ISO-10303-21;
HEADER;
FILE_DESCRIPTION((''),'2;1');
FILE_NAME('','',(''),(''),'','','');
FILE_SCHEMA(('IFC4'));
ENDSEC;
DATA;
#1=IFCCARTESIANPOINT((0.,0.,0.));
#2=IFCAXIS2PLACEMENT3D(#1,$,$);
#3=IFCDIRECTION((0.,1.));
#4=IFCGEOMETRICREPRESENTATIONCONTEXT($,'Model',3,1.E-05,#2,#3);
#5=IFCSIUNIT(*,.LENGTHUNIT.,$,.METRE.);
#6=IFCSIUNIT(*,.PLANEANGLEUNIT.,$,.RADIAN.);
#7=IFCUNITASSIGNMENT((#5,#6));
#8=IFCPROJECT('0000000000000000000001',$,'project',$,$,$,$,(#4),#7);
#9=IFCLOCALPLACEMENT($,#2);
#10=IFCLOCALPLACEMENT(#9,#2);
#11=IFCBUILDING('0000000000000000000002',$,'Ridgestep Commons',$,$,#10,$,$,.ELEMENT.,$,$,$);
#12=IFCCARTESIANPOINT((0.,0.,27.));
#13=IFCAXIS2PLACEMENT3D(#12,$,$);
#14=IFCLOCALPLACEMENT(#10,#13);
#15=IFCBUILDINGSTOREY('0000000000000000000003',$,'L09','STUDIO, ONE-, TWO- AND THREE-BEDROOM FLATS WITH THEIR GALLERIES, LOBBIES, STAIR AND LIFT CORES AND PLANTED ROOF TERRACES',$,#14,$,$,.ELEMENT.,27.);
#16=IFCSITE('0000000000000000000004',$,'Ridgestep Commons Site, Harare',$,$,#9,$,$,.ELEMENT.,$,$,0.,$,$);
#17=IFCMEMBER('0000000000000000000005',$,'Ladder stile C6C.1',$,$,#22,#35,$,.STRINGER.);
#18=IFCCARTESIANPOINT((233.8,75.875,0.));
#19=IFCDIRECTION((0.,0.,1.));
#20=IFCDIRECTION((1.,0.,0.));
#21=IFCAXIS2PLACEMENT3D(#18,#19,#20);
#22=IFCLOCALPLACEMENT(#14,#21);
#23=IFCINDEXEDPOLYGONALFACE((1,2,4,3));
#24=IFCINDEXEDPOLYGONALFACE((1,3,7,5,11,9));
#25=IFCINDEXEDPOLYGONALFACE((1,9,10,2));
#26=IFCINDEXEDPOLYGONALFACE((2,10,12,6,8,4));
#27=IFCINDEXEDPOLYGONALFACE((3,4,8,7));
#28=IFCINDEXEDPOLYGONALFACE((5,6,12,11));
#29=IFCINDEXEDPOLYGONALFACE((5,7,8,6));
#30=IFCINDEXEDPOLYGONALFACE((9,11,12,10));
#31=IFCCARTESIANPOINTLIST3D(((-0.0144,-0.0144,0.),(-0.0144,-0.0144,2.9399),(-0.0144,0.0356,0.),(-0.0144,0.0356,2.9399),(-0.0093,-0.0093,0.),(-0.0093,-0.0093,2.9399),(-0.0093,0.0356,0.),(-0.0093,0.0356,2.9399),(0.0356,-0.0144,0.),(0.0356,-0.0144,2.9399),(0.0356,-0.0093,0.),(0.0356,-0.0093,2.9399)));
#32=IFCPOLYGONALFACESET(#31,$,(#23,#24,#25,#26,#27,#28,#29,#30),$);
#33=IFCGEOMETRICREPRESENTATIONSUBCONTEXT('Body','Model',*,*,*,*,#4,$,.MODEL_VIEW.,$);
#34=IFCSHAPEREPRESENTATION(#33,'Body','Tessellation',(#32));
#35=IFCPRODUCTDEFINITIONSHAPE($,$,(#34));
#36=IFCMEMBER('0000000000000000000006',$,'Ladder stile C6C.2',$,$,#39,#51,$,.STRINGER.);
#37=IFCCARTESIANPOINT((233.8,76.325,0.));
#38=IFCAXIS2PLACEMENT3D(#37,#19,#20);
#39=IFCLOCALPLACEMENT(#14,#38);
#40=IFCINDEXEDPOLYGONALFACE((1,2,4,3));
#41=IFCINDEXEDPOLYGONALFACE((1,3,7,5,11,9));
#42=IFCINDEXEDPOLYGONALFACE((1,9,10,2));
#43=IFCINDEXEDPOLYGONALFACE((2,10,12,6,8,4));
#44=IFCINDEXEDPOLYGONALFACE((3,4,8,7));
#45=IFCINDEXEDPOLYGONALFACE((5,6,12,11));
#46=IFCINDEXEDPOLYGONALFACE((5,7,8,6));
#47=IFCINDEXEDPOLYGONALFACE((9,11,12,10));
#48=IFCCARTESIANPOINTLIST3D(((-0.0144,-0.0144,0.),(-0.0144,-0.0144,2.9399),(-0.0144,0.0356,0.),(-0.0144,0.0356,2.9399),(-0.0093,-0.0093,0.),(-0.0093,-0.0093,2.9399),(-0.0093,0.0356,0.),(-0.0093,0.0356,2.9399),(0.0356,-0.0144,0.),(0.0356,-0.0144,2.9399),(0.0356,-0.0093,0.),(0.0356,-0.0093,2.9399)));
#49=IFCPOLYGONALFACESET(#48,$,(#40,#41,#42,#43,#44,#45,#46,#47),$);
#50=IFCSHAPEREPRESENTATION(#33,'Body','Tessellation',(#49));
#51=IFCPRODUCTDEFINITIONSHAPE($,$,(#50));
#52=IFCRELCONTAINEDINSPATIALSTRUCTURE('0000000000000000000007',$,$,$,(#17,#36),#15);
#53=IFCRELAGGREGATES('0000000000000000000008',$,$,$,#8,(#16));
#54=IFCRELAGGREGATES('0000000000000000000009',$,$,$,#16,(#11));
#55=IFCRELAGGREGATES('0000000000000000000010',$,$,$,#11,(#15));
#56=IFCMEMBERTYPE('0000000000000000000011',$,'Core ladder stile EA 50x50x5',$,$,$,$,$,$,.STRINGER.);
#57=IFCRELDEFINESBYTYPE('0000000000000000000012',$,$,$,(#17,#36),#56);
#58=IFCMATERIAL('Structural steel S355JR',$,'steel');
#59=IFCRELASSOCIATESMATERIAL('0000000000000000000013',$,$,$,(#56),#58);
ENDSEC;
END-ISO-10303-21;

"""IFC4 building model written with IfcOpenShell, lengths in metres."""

from ifc_helpers import new_model, si_unit, direction, frame, origin, place, context, subcontext, project, spatial, polyline, outline, extrude, material, material_profile, profile_set, type_object, element, save


model = new_model("IFC4")

# Units and contexts
model_context = context("Model", 3, precision=1e-05, world=origin(), true_north=direction((0.0, 1.0)))
body_context = subcontext(model_context, "Body", "Model", "MODEL_VIEW")
ifc_project = project(units=[si_unit("LENGTHUNIT", "METRE"), si_unit("PLANEANGLEUNIT", "RADIAN")], contexts=[model_context])

# Site, building, storey
site_placement = place(None, origin())
site = spatial("IfcSite", under=ifc_project, at=site_placement, Name="Ridgestep Commons Site, Harare", CompositionType="ELEMENT", RefElevation=0.0)
building_placement = place(site_placement, origin())
building = spatial("IfcBuilding", under=site, at=building_placement, Name="Ridgestep Commons", CompositionType="ELEMENT")
storey_placement = place(building_placement, frame((0.0, 0.0, 27.0)))
storey = spatial("IfcBuildingStorey", under=building, at=storey_placement, Name="L09", Description="STUDIO, ONE-, TWO- AND THREE-BEDROOM FLATS WITH THEIR GALLERIES, LOBBIES, STAIR AND LIFT CORES AND PLANTED ROOF TERRACES", CompositionType="ELEMENT", Elevation=27.0)

# Members
ifc_material_1 = material(Name="Structural steel S355JR", Category="steel")
ifc_material_profile_1 = material_profile(ifc_material_1, outline(polyline([(-0.0144, -0.0144), (0.0356, -0.0144), (0.0356, -0.0093), (-0.0093, -0.0093), (-0.0093, 0.0356), (-0.0144, 0.0356), (-0.0144, -0.0144)])), Name="EA 50x50x5")
ifc_profile_set_1 = profile_set([ifc_material_profile_1], Name="Structural steel S355JR")
member_type_1 = type_object("IfcMemberType", Name="Core ladder stile EA 50x50x5", PredefinedType="STRINGER", material=ifc_profile_set_1)
for number, where, z_axis, x_axis, name in (
    (1, (233.8, 75.875, 0.0), (0.0, 0.0, 1.0), (1.0, 0.0, 0.0), "Ladder stile C6C.1"),
    (2, (233.8, 76.325, 0.0), (0.0, 0.0, 1.0), (1.0, 0.0, 0.0), "Ladder stile C6C.2"),
):
    element("IfcMember", number, at=place(storey_placement, frame(where, z_axis=z_axis, x_axis=x_axis)), inside=storey, type_object=member_type_1, Name=name, PredefinedType="STRINGER", context=body_context, shape_type="SweptSolid", body=[
        extrude(outline(polyline([(-0.0144, -0.0144), (0.0356, -0.0144), (0.0356, -0.0093), (-0.0093, -0.0093), (-0.0093, 0.0356), (-0.0144, 0.0356), (-0.0144, -0.0144)])), origin(), (0.0, 0.0, 1.0), 2.9399),
    ])

save(model, "model.ifc")
